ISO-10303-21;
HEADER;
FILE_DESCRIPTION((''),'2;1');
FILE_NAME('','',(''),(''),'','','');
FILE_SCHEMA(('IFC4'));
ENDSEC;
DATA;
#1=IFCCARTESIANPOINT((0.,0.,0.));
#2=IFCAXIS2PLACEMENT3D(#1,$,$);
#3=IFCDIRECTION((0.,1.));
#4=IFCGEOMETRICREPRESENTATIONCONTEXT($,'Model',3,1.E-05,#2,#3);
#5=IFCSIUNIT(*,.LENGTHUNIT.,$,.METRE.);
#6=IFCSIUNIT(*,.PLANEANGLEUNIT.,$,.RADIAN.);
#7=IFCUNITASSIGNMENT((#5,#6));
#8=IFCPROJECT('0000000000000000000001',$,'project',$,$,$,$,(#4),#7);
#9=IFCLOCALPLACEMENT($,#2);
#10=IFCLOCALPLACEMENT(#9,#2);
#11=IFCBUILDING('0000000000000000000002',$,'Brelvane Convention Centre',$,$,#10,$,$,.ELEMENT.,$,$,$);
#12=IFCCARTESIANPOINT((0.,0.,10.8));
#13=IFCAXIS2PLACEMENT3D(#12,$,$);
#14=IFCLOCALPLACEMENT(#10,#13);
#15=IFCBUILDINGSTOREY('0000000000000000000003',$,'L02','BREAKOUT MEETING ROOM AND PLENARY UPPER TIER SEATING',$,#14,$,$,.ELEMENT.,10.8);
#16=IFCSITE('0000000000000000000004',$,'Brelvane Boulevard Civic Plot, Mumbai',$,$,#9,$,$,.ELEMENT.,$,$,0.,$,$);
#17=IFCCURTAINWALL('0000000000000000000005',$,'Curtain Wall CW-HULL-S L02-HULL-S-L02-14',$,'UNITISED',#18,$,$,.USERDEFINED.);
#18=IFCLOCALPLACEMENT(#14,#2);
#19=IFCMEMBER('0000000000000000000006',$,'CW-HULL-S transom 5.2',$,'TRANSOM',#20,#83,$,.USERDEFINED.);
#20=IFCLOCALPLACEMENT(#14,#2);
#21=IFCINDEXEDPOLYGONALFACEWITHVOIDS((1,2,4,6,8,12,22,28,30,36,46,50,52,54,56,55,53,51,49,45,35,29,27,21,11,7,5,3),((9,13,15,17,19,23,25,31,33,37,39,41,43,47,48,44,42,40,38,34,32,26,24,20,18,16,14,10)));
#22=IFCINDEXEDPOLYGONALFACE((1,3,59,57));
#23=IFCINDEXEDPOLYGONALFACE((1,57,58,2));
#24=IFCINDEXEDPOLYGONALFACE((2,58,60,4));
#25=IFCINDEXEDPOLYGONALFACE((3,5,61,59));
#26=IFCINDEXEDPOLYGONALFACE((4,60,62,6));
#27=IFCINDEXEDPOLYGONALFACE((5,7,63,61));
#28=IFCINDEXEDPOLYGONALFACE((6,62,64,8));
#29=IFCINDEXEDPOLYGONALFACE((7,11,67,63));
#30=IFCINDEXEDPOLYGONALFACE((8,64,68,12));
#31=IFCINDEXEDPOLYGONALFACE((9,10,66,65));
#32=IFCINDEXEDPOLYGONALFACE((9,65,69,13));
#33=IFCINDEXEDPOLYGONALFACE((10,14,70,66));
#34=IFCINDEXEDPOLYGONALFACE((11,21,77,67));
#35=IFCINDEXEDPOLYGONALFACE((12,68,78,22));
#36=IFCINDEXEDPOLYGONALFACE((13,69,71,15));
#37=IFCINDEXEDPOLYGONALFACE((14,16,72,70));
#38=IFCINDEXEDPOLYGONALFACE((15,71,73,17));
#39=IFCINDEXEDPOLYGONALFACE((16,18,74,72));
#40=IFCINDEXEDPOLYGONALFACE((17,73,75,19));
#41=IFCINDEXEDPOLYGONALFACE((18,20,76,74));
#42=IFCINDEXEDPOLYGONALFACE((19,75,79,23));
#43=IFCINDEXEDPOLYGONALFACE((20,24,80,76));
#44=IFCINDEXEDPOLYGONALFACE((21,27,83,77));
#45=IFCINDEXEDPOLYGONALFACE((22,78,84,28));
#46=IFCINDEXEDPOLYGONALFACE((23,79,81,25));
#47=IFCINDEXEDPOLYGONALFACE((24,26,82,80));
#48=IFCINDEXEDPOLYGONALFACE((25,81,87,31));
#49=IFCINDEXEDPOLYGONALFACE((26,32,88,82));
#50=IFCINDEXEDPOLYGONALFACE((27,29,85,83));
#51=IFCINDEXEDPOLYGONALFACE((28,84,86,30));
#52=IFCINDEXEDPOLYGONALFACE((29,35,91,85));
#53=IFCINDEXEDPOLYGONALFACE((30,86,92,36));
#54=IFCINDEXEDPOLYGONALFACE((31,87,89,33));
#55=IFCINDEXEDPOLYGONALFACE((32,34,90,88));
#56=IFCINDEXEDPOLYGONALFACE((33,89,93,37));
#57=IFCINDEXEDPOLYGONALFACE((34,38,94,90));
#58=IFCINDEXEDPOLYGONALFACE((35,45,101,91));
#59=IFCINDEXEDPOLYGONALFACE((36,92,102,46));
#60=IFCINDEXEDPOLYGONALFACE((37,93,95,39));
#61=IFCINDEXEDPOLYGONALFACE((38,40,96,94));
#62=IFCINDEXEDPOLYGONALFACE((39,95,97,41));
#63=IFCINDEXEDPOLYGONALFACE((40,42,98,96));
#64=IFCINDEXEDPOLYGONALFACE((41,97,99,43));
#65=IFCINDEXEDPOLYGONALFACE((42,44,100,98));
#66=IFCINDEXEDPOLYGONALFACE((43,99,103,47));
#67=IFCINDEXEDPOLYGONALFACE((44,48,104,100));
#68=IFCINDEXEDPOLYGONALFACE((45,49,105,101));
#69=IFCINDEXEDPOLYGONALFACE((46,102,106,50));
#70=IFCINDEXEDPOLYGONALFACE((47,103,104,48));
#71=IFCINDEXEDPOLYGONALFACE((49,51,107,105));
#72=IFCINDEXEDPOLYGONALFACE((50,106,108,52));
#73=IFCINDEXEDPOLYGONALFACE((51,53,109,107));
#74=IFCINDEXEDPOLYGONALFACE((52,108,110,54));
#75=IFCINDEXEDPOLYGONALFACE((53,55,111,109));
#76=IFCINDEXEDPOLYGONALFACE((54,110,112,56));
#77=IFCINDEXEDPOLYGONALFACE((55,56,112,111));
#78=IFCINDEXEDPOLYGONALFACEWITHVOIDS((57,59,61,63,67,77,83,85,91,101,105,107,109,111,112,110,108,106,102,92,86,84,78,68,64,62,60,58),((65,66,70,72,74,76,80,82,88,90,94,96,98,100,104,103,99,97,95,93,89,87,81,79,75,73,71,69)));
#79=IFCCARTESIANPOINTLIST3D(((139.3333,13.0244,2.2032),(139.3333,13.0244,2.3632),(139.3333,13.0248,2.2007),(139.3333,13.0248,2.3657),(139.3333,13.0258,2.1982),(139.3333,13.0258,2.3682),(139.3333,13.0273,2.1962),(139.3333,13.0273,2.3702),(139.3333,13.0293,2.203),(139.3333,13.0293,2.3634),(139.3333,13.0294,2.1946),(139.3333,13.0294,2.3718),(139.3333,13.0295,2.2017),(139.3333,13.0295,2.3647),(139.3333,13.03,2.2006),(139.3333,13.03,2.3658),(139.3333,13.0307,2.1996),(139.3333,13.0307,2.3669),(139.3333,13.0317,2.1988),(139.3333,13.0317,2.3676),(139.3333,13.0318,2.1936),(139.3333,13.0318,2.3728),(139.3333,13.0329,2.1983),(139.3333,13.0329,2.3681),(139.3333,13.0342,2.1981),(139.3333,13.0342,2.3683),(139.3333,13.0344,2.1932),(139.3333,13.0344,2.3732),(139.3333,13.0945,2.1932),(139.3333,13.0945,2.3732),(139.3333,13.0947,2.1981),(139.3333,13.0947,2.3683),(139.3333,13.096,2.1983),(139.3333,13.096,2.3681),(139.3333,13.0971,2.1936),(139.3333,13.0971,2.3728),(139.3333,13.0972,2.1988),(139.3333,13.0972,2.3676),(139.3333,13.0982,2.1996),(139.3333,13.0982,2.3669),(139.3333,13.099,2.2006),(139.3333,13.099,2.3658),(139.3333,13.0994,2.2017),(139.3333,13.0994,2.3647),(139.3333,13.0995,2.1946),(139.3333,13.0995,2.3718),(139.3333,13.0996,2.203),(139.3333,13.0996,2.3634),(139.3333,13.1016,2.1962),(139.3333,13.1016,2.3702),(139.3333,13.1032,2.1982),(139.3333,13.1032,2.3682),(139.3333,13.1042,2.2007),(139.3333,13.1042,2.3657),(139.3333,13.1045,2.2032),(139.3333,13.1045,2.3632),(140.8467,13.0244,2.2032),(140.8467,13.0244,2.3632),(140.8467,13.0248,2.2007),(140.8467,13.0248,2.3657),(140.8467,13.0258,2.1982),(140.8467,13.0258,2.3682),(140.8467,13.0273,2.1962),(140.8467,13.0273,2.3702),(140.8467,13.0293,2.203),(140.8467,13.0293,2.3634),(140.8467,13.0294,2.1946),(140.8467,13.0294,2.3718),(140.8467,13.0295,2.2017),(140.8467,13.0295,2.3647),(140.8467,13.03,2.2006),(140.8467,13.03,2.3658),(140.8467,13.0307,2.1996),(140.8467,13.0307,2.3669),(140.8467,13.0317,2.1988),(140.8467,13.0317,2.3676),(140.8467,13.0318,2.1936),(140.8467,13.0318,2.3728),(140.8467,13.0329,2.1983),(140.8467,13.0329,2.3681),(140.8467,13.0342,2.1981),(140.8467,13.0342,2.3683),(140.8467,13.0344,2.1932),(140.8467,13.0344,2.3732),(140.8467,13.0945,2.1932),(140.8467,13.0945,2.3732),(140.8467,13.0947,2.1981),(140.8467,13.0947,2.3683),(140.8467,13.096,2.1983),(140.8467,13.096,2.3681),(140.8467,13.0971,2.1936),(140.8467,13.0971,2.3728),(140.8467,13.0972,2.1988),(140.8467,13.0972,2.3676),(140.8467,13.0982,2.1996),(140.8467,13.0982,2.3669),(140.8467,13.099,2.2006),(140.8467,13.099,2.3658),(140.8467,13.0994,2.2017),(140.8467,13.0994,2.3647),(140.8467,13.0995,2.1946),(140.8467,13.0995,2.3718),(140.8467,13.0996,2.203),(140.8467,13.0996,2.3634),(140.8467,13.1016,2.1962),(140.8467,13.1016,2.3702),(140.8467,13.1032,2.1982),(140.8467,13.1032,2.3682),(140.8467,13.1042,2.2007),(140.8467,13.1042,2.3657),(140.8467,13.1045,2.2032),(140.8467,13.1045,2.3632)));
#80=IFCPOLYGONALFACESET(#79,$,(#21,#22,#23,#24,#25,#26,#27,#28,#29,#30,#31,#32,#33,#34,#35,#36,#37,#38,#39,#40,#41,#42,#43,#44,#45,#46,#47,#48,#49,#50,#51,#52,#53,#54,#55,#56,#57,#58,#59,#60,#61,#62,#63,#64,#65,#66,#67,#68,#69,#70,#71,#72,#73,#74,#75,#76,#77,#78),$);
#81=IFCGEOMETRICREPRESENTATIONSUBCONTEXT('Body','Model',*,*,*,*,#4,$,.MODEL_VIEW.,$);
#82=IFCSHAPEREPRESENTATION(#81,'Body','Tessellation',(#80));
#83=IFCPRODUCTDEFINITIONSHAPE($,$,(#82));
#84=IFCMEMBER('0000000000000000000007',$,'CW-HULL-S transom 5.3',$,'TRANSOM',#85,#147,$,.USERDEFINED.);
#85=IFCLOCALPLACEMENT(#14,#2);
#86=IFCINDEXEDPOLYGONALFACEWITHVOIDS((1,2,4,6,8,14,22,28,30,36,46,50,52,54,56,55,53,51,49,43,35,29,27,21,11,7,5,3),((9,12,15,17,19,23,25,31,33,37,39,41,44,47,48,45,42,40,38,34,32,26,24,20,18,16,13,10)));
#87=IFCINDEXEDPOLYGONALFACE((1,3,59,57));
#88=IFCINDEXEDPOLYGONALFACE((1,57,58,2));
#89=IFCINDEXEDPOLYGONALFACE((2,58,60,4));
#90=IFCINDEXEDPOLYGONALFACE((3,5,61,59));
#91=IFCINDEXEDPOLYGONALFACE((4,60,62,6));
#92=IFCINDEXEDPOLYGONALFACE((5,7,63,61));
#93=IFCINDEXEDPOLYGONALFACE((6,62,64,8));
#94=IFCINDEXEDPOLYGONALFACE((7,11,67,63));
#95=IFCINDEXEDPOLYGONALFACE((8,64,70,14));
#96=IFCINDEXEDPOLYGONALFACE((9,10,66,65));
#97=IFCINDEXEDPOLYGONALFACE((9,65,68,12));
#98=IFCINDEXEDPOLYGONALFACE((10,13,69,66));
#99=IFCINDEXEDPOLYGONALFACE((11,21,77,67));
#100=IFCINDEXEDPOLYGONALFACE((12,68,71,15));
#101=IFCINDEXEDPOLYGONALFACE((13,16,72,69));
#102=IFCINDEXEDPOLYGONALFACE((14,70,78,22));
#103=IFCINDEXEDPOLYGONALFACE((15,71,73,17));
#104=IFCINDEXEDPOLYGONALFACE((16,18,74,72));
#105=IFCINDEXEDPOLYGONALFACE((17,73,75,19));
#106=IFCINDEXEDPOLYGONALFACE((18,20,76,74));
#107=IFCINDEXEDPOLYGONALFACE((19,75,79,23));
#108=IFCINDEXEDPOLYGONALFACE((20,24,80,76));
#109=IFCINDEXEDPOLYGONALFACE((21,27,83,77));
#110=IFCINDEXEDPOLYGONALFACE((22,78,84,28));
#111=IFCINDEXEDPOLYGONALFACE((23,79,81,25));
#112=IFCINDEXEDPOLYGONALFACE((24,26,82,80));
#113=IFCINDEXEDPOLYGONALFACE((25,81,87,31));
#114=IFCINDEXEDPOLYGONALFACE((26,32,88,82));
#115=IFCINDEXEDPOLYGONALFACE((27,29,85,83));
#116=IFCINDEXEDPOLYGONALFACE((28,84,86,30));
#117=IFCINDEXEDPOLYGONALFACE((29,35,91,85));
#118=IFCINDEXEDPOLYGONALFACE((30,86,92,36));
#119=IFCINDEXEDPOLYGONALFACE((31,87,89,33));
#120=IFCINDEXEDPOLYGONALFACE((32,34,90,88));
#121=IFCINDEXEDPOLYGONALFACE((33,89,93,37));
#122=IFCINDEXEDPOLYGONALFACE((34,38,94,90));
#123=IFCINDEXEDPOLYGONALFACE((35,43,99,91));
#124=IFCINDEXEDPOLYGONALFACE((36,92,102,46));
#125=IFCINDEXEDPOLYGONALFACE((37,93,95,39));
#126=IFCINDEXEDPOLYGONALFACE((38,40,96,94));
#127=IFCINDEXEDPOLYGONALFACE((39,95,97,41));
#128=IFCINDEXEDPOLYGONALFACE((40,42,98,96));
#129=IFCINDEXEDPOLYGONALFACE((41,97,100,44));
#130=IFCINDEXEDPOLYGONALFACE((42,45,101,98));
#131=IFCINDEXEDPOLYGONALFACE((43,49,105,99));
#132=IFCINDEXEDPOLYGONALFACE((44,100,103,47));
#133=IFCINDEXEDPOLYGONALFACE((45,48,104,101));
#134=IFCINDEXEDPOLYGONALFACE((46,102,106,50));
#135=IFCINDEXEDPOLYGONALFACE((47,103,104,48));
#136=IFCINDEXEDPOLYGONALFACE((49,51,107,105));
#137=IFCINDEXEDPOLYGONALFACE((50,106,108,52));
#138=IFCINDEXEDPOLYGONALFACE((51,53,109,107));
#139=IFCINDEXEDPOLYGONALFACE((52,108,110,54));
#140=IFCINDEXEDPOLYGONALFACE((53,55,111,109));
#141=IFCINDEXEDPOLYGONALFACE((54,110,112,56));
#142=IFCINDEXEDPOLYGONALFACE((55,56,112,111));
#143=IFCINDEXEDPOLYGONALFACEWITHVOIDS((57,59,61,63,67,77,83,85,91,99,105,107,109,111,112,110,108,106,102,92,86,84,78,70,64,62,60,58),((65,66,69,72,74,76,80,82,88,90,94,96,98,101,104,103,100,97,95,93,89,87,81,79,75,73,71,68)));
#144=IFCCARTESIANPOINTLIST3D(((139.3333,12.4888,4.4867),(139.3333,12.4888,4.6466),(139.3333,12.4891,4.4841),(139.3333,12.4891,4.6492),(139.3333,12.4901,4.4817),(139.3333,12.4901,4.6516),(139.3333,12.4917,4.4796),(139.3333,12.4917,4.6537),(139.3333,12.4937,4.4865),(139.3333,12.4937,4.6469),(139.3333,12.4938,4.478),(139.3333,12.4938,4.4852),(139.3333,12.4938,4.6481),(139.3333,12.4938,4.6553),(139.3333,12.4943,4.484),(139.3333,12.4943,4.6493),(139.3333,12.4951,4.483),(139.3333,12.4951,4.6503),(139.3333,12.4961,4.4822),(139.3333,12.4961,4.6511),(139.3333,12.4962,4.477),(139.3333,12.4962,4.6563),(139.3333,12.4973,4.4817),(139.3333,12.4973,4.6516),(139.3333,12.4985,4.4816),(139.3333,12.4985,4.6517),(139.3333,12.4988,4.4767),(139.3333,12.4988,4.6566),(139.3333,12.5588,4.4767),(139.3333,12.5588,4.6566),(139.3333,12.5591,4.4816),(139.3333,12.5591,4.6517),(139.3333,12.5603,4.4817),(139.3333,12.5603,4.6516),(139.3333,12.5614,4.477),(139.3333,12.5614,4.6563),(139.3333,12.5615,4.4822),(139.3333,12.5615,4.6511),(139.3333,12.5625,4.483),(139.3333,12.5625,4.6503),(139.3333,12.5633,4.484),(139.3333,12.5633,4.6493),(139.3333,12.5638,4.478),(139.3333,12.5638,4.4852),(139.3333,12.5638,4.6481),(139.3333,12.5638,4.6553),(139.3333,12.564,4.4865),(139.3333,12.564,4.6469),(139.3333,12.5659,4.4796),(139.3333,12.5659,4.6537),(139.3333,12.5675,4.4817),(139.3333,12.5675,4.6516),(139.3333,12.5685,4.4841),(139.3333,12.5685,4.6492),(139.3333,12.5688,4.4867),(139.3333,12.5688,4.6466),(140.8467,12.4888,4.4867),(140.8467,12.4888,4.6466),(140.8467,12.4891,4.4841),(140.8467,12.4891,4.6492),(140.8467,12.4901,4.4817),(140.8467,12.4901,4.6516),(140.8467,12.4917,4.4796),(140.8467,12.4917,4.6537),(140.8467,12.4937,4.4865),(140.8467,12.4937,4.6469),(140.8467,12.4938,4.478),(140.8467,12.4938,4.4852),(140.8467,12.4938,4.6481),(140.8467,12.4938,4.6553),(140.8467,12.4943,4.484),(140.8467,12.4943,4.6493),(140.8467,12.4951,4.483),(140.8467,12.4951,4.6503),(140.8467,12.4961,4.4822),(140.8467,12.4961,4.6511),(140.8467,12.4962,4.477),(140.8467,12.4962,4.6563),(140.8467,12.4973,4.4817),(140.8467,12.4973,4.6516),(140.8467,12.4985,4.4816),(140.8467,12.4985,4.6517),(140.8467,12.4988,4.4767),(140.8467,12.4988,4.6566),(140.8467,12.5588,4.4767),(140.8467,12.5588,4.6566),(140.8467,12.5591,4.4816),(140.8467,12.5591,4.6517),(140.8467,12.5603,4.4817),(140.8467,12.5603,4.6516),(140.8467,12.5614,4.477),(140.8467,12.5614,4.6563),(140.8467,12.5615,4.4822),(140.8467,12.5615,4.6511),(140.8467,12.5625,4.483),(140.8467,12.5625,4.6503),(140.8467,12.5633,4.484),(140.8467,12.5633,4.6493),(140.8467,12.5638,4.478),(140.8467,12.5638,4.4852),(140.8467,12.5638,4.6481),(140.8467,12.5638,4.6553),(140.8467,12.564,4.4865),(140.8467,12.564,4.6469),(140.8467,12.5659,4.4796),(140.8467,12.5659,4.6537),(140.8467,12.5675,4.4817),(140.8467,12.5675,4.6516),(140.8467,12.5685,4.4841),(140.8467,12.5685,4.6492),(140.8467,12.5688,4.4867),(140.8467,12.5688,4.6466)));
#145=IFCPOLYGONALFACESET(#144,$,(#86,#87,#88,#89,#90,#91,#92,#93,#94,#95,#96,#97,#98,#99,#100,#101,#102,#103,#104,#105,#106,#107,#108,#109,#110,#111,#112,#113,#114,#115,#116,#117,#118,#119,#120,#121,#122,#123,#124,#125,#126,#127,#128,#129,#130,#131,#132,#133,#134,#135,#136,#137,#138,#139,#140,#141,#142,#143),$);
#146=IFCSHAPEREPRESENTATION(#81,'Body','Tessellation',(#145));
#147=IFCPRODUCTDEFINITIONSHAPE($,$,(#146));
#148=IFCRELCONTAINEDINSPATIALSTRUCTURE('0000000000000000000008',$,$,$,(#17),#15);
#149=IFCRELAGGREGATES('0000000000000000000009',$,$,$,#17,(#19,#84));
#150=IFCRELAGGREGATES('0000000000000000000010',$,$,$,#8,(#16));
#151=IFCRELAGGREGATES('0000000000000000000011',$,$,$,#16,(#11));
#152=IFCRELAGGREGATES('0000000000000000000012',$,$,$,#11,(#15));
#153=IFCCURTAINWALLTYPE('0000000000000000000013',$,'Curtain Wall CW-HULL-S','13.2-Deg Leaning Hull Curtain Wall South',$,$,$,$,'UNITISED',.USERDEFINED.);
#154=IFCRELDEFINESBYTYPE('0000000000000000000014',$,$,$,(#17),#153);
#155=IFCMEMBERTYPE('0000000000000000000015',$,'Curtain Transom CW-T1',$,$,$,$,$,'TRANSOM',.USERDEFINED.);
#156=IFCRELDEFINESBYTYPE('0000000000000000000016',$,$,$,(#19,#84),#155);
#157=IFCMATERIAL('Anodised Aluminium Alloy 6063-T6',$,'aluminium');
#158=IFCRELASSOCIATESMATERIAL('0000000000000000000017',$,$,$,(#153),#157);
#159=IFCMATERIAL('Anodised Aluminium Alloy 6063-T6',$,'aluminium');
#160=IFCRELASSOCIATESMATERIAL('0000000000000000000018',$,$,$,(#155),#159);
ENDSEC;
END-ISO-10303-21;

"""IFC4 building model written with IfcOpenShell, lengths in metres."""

from ifc_helpers import new_model, si_unit, direction, frame, origin, origin_2d, place, context, subcontext, project, spatial, hollow_rectangle, extrude, material, material_profile, profile_set, type_object, element, aggregate, save


model = new_model("IFC4")

# Units and contexts
model_context = context("Model", 3, precision=1e-05, world=origin(), true_north=direction((0.0, 1.0)))
body_context = subcontext(model_context, "Body", "Model", "MODEL_VIEW")
ifc_project = project(units=[si_unit("LENGTHUNIT", "METRE"), si_unit("PLANEANGLEUNIT", "RADIAN")], contexts=[model_context])

# Site, building, storey
site_placement = place(None, origin())
site = spatial("IfcSite", under=ifc_project, at=site_placement, Name="Brelvane Boulevard Civic Plot, Mumbai", CompositionType="ELEMENT", RefElevation=0.0)
building_placement = place(site_placement, origin())
building = spatial("IfcBuilding", under=site, at=building_placement, Name="Brelvane Convention Centre", CompositionType="ELEMENT")
storey_placement = place(building_placement, frame((0.0, 0.0, 10.8)))
storey = spatial("IfcBuildingStorey", under=building, at=storey_placement, Name="L02", Description="BREAKOUT MEETING ROOM AND PLENARY UPPER TIER SEATING", CompositionType="ELEMENT", Elevation=10.8)

# Curtain wall, members
ifc_material_1 = material(Name="Anodised Aluminium Alloy 6063-T6", Category="aluminium")
curtain_wall_type = type_object("IfcCurtainWallType", Name="Curtain Wall CW-HULL-S", Description="13.2-Deg Leaning Hull Curtain Wall South", ElementType="UNITISED", PredefinedType="USERDEFINED", material=ifc_material_1)
curtain_wall_1_placement = place(storey_placement, origin())
curtain_wall_1 = element("IfcCurtainWall", 1, at=curtain_wall_1_placement, inside=storey, type_object=curtain_wall_type, Name="Curtain Wall CW-HULL-S L02-HULL-S-L02-14", ObjectType="UNITISED", PredefinedType="USERDEFINED")
ifc_material_2 = material(Name="Anodised Aluminium Alloy 6063-T6", Category="aluminium")
ifc_material_profile = material_profile(ifc_material_2, hollow_rectangle(XDim=0.0801, YDim=0.1799, WallThickness=0.0049, InnerFilletRadius=0.0049, OuterFilletRadius=0.01, at=origin_2d()), Name="ALU-T 180x80x5.0")
ifc_profile_set = profile_set([ifc_material_profile], Name="Anodised Aluminium Alloy 6063-T6")
member_type = type_object("IfcMemberType", Name="Curtain Transom CW-T1", ElementType="TRANSOM", PredefinedType="USERDEFINED", material=ifc_profile_set)
member_1_placement = place(storey_placement, frame((139.3333, 13.0645, 2.2832), z_axis=(1.0, 0.0, 0.0), x_axis=(0.0, 1.0, 0.0)))
member_1 = element("IfcMember", 2, at=member_1_placement, type_object=member_type, Name="CW-HULL-S transom 5.2", ObjectType="TRANSOM", PredefinedType="USERDEFINED", context=body_context, shape_type="SweptSolid", body=[
    extrude(hollow_rectangle(XDim=0.0801, YDim=0.1799, WallThickness=0.0049, InnerFilletRadius=0.0049, OuterFilletRadius=0.01, at=origin_2d()), origin(), (0.0, 0.0, 1.0), 1.5134),
])
member_2_placement = place(storey_placement, frame((139.3333, 12.5288, 4.5667), z_axis=(1.0, 0.0, 0.0), x_axis=(0.0, 1.0, 0.0)))
member_2 = element("IfcMember", 3, at=member_2_placement, type_object=member_type, Name="CW-HULL-S transom 5.3", ObjectType="TRANSOM", PredefinedType="USERDEFINED", context=body_context, shape_type="SweptSolid", body=[
    extrude(hollow_rectangle(XDim=0.0801, YDim=0.1799, WallThickness=0.0049, InnerFilletRadius=0.0049, OuterFilletRadius=0.01, at=origin_2d()), origin(), (0.0, 0.0, 1.0), 1.5134),
])

aggregate(curtain_wall_1, [member_1, member_2])

save(model, "model.ifc")
